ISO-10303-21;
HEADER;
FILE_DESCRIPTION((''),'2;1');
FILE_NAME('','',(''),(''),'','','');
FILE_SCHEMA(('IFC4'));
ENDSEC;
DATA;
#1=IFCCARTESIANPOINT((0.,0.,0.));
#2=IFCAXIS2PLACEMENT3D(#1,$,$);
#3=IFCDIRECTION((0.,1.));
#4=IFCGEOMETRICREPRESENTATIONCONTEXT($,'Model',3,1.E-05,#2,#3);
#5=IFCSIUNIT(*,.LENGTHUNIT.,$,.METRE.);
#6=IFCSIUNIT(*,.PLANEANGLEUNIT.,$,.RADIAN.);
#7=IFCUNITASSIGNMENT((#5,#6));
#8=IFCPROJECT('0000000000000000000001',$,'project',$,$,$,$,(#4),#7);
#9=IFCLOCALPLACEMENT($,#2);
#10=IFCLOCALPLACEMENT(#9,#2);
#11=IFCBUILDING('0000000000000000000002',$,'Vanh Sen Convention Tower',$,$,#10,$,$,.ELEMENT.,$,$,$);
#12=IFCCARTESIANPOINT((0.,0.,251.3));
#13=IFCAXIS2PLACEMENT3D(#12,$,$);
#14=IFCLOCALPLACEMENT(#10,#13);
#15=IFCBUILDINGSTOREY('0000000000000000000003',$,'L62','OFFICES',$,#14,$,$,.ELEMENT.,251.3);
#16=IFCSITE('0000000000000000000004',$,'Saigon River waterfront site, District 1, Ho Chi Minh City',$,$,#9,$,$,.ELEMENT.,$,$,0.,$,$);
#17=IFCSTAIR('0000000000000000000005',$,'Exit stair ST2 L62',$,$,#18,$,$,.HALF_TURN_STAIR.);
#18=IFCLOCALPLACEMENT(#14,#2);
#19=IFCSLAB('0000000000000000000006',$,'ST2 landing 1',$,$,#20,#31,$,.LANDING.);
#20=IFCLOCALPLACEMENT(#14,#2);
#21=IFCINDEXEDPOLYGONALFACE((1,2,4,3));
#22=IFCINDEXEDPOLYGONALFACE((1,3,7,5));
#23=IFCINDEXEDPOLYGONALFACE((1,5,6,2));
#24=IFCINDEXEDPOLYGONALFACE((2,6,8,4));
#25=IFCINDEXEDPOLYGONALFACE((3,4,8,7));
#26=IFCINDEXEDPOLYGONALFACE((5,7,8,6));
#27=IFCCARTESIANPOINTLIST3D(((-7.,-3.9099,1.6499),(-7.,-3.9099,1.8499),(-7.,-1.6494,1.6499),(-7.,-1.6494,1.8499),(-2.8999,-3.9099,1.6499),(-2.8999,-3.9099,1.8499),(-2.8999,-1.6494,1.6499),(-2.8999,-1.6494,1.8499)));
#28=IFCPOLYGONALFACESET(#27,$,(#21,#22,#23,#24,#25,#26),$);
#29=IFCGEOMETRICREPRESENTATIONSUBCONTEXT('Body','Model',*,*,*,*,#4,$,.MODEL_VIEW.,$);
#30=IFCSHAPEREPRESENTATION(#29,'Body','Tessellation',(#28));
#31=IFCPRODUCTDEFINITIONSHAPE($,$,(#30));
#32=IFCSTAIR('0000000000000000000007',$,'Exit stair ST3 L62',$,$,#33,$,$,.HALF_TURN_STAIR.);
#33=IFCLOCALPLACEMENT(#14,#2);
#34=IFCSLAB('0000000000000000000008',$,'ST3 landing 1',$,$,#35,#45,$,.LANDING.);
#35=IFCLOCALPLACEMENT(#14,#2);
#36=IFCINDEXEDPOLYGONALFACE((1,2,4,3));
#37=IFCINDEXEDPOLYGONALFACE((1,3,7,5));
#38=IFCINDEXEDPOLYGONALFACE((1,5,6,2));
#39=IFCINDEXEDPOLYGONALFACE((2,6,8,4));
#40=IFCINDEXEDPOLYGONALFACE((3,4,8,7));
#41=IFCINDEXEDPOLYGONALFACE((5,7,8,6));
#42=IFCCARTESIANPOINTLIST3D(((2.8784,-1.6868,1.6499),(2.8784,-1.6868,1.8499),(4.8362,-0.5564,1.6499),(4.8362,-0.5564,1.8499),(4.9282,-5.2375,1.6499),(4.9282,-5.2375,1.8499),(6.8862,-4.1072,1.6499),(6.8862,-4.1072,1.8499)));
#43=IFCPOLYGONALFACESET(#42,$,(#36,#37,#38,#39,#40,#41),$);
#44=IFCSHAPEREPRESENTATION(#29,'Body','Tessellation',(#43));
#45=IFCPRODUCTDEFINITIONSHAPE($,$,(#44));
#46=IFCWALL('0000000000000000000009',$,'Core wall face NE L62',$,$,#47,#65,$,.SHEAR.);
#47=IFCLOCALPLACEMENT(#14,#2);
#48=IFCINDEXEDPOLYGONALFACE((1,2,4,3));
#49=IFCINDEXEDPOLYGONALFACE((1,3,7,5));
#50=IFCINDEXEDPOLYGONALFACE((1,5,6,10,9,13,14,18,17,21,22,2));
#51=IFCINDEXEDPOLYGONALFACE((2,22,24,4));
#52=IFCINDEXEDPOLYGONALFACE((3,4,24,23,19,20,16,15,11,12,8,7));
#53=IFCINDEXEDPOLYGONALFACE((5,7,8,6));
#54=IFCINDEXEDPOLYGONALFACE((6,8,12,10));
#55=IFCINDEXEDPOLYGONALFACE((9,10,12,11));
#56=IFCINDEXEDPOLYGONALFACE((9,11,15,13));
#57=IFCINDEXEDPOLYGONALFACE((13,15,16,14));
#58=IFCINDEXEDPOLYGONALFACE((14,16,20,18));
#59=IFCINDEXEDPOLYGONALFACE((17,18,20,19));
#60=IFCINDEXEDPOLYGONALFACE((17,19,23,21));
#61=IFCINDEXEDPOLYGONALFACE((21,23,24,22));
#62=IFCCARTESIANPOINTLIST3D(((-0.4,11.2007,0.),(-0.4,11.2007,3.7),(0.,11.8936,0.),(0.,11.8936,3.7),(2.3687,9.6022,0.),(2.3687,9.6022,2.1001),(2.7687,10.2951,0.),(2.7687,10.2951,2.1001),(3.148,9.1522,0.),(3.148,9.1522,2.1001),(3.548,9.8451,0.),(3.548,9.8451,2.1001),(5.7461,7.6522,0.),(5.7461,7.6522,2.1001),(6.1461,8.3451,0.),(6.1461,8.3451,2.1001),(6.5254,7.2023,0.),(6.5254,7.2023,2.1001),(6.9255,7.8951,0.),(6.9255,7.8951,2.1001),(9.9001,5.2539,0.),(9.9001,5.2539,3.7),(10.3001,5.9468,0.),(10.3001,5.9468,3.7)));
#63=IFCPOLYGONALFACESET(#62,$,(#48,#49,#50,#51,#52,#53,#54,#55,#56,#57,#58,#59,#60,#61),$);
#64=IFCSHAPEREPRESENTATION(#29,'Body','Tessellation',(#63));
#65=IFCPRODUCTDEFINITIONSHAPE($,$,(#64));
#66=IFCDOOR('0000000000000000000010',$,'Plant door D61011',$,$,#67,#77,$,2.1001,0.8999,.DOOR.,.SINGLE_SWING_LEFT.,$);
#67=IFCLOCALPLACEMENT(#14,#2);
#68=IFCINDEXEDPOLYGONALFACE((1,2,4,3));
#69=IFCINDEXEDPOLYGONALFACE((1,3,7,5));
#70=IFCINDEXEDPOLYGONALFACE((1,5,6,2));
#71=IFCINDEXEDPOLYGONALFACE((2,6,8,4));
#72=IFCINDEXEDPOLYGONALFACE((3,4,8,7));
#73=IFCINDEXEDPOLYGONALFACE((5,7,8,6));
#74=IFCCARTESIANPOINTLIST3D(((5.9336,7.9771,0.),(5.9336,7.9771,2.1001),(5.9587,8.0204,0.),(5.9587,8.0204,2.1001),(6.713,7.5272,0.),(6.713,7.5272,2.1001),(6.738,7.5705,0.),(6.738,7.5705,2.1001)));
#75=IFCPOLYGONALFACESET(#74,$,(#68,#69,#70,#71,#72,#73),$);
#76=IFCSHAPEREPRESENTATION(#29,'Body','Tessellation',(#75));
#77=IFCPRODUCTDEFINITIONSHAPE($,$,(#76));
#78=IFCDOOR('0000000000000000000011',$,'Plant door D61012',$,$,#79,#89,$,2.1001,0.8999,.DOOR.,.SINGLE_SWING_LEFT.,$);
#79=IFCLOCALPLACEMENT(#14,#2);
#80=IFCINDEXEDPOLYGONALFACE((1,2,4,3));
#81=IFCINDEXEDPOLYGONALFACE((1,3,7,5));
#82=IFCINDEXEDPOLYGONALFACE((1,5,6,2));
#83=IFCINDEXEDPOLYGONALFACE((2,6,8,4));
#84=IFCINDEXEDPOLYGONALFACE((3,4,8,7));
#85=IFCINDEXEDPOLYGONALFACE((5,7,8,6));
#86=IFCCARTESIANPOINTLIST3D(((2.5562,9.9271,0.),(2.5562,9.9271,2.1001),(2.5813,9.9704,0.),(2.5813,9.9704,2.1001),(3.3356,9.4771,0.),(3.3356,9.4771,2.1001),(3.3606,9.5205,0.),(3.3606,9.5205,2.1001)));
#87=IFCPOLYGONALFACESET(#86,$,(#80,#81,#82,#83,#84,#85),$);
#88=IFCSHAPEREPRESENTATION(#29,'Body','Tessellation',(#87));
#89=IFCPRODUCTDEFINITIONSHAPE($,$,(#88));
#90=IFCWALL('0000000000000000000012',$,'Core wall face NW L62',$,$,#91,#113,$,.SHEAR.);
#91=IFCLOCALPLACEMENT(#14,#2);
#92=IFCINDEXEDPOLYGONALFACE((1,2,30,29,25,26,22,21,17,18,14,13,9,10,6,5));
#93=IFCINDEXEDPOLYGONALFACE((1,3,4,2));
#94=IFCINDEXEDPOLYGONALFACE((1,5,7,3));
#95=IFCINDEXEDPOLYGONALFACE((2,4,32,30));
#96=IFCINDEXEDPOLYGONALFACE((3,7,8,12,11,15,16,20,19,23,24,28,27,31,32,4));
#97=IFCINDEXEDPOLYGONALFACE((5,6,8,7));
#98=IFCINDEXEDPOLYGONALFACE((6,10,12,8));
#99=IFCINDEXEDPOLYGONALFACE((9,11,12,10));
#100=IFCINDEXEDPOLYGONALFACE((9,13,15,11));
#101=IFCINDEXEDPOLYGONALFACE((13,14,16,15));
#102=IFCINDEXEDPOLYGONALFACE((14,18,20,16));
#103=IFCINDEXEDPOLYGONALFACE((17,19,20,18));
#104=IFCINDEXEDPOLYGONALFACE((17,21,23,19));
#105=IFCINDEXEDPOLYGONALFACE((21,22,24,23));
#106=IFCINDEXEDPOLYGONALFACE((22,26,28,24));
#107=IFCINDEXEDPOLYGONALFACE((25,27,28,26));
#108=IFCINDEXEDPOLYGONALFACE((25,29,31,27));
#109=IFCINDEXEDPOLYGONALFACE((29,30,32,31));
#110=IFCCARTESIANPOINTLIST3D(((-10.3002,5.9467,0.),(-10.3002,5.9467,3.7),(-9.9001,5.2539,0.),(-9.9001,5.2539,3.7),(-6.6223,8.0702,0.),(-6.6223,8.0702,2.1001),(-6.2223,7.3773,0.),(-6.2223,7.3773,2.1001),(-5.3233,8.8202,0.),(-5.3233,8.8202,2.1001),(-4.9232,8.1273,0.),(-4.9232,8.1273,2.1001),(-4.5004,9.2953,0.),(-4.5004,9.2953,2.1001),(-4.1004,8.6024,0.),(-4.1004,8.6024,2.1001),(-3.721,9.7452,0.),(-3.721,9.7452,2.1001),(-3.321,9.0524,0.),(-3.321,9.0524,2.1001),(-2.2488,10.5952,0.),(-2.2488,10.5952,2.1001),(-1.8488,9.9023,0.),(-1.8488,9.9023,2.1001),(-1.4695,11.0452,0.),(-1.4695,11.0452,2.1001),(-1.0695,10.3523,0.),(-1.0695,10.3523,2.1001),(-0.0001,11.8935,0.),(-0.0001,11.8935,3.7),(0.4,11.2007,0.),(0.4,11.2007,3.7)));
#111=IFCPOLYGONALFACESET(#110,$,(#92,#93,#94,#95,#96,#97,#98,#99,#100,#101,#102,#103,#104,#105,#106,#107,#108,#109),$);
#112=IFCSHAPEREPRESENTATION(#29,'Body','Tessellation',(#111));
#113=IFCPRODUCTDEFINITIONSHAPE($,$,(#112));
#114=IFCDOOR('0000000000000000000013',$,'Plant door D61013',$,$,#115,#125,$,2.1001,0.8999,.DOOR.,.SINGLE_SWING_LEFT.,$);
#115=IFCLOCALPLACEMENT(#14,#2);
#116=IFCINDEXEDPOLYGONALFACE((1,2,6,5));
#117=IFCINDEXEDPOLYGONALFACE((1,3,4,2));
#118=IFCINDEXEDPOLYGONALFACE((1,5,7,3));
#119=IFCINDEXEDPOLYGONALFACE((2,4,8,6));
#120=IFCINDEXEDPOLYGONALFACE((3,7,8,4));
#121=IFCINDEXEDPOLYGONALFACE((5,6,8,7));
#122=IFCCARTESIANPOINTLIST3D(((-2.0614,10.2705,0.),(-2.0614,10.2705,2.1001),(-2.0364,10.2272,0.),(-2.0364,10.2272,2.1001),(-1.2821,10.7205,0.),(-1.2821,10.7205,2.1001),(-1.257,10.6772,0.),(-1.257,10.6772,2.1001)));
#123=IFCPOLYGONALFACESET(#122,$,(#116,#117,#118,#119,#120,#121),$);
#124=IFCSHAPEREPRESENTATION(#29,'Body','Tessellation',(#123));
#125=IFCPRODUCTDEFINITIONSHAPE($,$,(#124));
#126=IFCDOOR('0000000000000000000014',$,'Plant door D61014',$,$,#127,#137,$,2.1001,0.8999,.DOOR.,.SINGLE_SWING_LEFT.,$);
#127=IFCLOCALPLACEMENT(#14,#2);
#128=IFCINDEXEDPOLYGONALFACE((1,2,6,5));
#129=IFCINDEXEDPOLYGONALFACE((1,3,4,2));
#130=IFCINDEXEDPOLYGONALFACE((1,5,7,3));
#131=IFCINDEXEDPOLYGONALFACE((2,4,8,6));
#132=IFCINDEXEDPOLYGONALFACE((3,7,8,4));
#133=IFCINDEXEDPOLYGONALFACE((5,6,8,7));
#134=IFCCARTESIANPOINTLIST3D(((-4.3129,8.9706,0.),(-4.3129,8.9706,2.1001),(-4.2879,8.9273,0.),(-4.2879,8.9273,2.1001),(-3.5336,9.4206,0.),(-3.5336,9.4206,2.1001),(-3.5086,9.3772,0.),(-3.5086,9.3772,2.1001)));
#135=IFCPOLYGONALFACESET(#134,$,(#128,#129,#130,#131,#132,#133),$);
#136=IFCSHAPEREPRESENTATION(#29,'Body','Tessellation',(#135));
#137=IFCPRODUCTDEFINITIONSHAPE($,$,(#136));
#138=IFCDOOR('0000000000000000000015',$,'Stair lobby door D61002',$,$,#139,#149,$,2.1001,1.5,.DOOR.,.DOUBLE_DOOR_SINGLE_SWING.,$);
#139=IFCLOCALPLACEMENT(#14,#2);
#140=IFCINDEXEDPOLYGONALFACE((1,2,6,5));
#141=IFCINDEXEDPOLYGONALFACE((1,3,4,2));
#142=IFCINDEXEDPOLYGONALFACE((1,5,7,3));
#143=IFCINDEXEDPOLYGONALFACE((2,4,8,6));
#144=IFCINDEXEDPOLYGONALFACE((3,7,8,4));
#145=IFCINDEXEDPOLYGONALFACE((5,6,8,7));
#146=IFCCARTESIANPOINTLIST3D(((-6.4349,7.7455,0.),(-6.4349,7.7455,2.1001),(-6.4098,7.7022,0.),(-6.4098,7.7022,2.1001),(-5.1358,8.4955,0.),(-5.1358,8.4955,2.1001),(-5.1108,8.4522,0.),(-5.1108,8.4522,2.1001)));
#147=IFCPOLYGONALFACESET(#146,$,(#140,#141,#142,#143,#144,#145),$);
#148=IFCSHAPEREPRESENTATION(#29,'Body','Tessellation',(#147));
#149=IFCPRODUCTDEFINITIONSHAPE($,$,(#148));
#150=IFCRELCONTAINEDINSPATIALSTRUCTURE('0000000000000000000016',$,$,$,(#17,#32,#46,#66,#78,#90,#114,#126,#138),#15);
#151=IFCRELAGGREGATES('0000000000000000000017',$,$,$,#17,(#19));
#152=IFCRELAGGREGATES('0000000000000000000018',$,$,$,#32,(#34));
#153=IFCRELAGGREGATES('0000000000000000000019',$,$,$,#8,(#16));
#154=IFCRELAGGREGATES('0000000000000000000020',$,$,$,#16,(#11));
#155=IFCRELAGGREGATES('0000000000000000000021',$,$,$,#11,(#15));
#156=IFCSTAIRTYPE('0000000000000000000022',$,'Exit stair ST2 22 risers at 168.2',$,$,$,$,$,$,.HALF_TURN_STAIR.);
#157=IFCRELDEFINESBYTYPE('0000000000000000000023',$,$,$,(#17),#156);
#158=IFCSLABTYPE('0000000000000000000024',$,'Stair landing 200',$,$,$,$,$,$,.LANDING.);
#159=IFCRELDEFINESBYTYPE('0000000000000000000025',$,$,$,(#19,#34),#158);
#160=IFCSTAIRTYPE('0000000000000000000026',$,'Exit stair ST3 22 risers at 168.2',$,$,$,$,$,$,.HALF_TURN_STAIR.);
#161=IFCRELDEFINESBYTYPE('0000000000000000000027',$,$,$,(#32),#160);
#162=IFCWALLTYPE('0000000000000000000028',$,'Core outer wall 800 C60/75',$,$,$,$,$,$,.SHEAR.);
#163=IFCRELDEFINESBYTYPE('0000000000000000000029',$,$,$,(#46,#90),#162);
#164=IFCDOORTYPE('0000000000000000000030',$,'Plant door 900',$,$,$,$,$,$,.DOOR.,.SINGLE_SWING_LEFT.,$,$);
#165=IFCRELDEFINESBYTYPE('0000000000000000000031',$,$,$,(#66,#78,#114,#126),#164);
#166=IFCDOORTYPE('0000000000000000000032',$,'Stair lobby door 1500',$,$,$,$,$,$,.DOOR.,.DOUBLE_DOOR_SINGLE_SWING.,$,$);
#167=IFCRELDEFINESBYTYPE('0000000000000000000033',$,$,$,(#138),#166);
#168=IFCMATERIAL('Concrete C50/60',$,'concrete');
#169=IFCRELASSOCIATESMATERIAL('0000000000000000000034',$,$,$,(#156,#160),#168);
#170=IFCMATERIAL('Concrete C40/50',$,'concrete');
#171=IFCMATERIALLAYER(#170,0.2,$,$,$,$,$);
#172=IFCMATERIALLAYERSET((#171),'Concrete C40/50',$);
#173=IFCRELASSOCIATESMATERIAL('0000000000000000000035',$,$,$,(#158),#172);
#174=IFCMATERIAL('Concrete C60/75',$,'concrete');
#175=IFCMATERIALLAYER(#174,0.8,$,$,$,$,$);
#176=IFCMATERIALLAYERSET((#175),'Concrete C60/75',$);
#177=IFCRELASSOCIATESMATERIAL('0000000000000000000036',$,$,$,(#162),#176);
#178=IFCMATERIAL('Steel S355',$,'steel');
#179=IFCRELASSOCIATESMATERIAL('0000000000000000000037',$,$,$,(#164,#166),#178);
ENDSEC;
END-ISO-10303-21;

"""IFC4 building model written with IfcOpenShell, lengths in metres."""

from ifc_helpers import new_model, si_unit, direction, frame, frame_2d, origin, place, context, subcontext, project, spatial, polyline, rectangle, outline, extrude, material, layer, layer_set, type_object, element, fill, aggregate, save


model = new_model("IFC4")

# Units and contexts
model_context = context("Model", 3, precision=1e-05, world=origin(), true_north=direction((0.0, 1.0)))
body_context = subcontext(model_context, "Body", "Model", "MODEL_VIEW")
ifc_project = project(units=[si_unit("LENGTHUNIT", "METRE"), si_unit("PLANEANGLEUNIT", "RADIAN")], contexts=[model_context])

# Site, building, storey
site_placement = place(None, origin())
site = spatial("IfcSite", under=ifc_project, at=site_placement, Name="Saigon River waterfront site, District 1, Ho Chi Minh City", CompositionType="ELEMENT", RefElevation=0.0)
building_placement = place(site_placement, origin())
building = spatial("IfcBuilding", under=site, at=building_placement, Name="Vanh Sen Convention Tower", CompositionType="ELEMENT")
storey_placement = place(building_placement, frame((0.0, 0.0, 251.3)))
storey = spatial("IfcBuildingStorey", under=building, at=storey_placement, Name="L62", Description="OFFICES", CompositionType="ELEMENT", Elevation=251.3)

# Stairs, slabs
ifc_material_1 = material(Name="Concrete C50/60", Category="concrete")
stair_type_1 = type_object("IfcStairType", Name="Exit stair ST2 22 risers at 168.2", PredefinedType="HALF_TURN_STAIR", material=ifc_material_1)
stair_1_placement = place(storey_placement, origin())
stair_1 = element("IfcStair", 1, at=stair_1_placement, inside=storey, type_object=stair_type_1, Name="Exit stair ST2 L62", PredefinedType="HALF_TURN_STAIR")
ifc_material_2 = material(Name="Concrete C40/50", Category="concrete")
ifc_layer_1 = layer(ifc_material_2, 0.2)
ifc_layer_set_1 = layer_set([ifc_layer_1], Name="Concrete C40/50")
slab_type = type_object("IfcSlabType", Name="Stair landing 200", PredefinedType="LANDING", material=ifc_layer_set_1)
slab_1_placement = place(storey_placement, frame((0.0, 0.0, 1.6499)))
slab_1 = element("IfcSlab", 2, at=slab_1_placement, type_object=slab_type, Name="ST2 landing 1", PredefinedType="LANDING", context=body_context, shape_type="SweptSolid", body=[
    extrude(outline(polyline([(-7.0, -1.6494), (-7.0, -3.9099), (-2.8999, -3.9099), (-2.8999, -1.6494), (-7.0, -1.6494)])), origin(), (0.0, 0.0, 1.0), 0.2),
])
aggregate(stair_1, [slab_1])
stair_type_2 = type_object("IfcStairType", Name="Exit stair ST3 22 risers at 168.2", PredefinedType="HALF_TURN_STAIR", material=ifc_material_1)
stair_2_placement = place(storey_placement, origin())
stair_2 = element("IfcStair", 3, at=stair_2_placement, inside=storey, type_object=stair_type_2, Name="Exit stair ST3 L62", PredefinedType="HALF_TURN_STAIR")
slab_2_placement = place(storey_placement, frame((0.0, 0.0, 1.6499)))
slab_2 = element("IfcSlab", 4, at=slab_2_placement, type_object=slab_type, Name="ST3 landing 1", PredefinedType="LANDING", context=body_context, shape_type="SweptSolid", body=[
    extrude(outline(polyline([(4.9282, -5.2375), (6.8862, -4.1072), (4.8362, -0.5564), (2.8784, -1.6868), (4.9282, -5.2375)])), origin(), (0.0, 0.0, 1.0), 0.2),
])
aggregate(stair_2, [slab_2])

# Walls, openings, doors
ifc_material_3 = material(Name="Concrete C60/75", Category="concrete")
ifc_layer_2 = layer(ifc_material_3, 0.8)
ifc_layer_set_2 = layer_set([ifc_layer_2], Name="Concrete C60/75")
wall_type_1 = type_object("IfcWallType", Name="Core outer wall 800 C60/75", PredefinedType="SHEAR", material=ifc_layer_set_2)
wall_1_placement = place(storey_placement, frame((10.1001, 5.6003, 0.0), z_axis=(0.0, 0.0, 1.0), x_axis=(-0.866024, 0.500003, 0.0)))
wall_1 = element("IfcWall", 5, at=wall_1_placement, inside=storey, type_object=wall_type_1, Name="Core wall face NE L62", PredefinedType="SHEAR", context=body_context, shape_type="SweptSolid", body=[
    extrude(rectangle(XDim=11.8936, YDim=0.8, at=frame_2d((5.9468, 0.0))), origin(), (0.0, 0.0, 1.0), 3.7),
])
opening_1_placement = place(wall_1_placement, frame((3.8967, 0.0, 0.0)))
opening_1 = element("IfcOpeningElement", 6, at=opening_1_placement, cuts=wall_1, PredefinedType="OPENING", context=body_context, shape_type="SweptSolid", body=[
    extrude(rectangle(XDim=0.8999, YDim=2.1001, at=frame_2d((0.45, 1.05))), frame((0.0, 0.4099, 0.0), z_axis=(0.0, -1.0, 0.0), x_axis=(1.0, 0.0, 0.0)), (0.0, 0.0, 1.0), 0.8201),
])
opening_2_placement = place(wall_1_placement, frame((7.7966, 0.0, 0.0)))
opening_2 = element("IfcOpeningElement", 7, at=opening_2_placement, cuts=wall_1, PredefinedType="OPENING", context=body_context, shape_type="SweptSolid", body=[
    extrude(rectangle(XDim=0.8999, YDim=2.1001, at=frame_2d((0.45, 1.05))), frame((0.0, 0.4099, 0.0), z_axis=(0.0, -1.0, 0.0), x_axis=(1.0, 0.0, 0.0)), (0.0, 0.0, 1.0), 0.8201),
])
ifc_material_4 = material(Name="Steel S355", Category="steel")
door_type_1 = type_object("IfcDoorType", Name="Plant door 900", OperationType="SINGLE_SWING_LEFT", PredefinedType="DOOR", material=ifc_material_4)
door_1_placement = place(opening_1_placement, origin())
door_1 = element("IfcDoor", 8, at=door_1_placement, inside=storey, type_object=door_type_1, Name="Plant door D61011", OperationType="SINGLE_SWING_LEFT", OverallHeight=2.1001, OverallWidth=0.8999, PredefinedType="DOOR", context=body_context, shape_type="SweptSolid", body=[
    extrude(rectangle(XDim=0.8999, YDim=2.1001, at=frame_2d((0.45, 1.05))), frame((0.0, 0.0249, 0.0), z_axis=(0.0, -1.0, 0.0), x_axis=(1.0, 0.0, 0.0)), (0.0, 0.0, 1.0), 0.05),
])
fill(opening_1, door_1)
door_2_placement = place(opening_2_placement, origin())
door_2 = element("IfcDoor", 9, at=door_2_placement, inside=storey, type_object=door_type_1, Name="Plant door D61012", OperationType="SINGLE_SWING_LEFT", OverallHeight=2.1001, OverallWidth=0.8999, PredefinedType="DOOR", context=body_context, shape_type="SweptSolid", body=[
    extrude(rectangle(XDim=0.8999, YDim=2.1001, at=frame_2d((0.45, 1.05))), frame((0.0, 0.0249, 0.0), z_axis=(0.0, -1.0, 0.0), x_axis=(1.0, 0.0, 0.0)), (0.0, 0.0, 1.0), 0.05),
])
fill(opening_2, door_2)
wall_2_placement = place(storey_placement, frame((0.2, 11.5471, 0.0), z_axis=(0.0, 0.0, 1.0), x_axis=(-0.866024, -0.500003, 0.0)))
wall_2 = element("IfcWall", 10, at=wall_2_placement, inside=storey, type_object=wall_type_1, Name="Core wall face NW L62", PredefinedType="SHEAR", context=body_context, shape_type="SweptSolid", body=[
    extrude(rectangle(XDim=11.8936, YDim=0.8, at=frame_2d((5.9468, 0.0))), origin(), (0.0, 0.0, 1.0), 3.7),
])
opening_3_placement = place(wall_2_placement, frame((6.1467, 0.0, 0.0)))
opening_3 = element("IfcOpeningElement", 11, at=opening_3_placement, cuts=wall_2, PredefinedType="OPENING", context=body_context, shape_type="SweptSolid", body=[
    extrude(rectangle(XDim=1.5, YDim=2.1001, at=frame_2d((0.75, 1.05))), frame((0.0, 0.4099, 0.0), z_axis=(0.0, -1.0, 0.0), x_axis=(1.0, 0.0, 0.0)), (0.0, 0.0, 1.0), 0.8201),
])
opening_4_placement = place(wall_2_placement, frame((1.6968, 0.0, 0.0)))
opening_4 = element("IfcOpeningElement", 12, at=opening_4_placement, cuts=wall_2, PredefinedType="OPENING", context=body_context, shape_type="SweptSolid", body=[
    extrude(rectangle(XDim=0.8999, YDim=2.1001, at=frame_2d((0.45, 1.05))), frame((0.0, 0.4099, 0.0), z_axis=(0.0, -1.0, 0.0), x_axis=(1.0, 0.0, 0.0)), (0.0, 0.0, 1.0), 0.8201),
])
opening_5_placement = place(wall_2_placement, frame((4.2966, 0.0, 0.0)))
opening_5 = element("IfcOpeningElement", 13, at=opening_5_placement, cuts=wall_2, PredefinedType="OPENING", context=body_context, shape_type="SweptSolid", body=[
    extrude(rectangle(XDim=0.8999, YDim=2.1001, at=frame_2d((0.45, 1.05))), frame((0.0, 0.4099, 0.0), z_axis=(0.0, -1.0, 0.0), x_axis=(1.0, 0.0, 0.0)), (0.0, 0.0, 1.0), 0.8201),
])
door_3_placement = place(opening_4_placement, origin())
door_3 = element("IfcDoor", 14, at=door_3_placement, inside=storey, type_object=door_type_1, Name="Plant door D61013", OperationType="SINGLE_SWING_LEFT", OverallHeight=2.1001, OverallWidth=0.8999, PredefinedType="DOOR", context=body_context, shape_type="SweptSolid", body=[
    extrude(rectangle(XDim=0.8999, YDim=2.1001, at=frame_2d((0.45, 1.05))), frame((0.0, 0.0249, 0.0), z_axis=(0.0, -1.0, 0.0), x_axis=(1.0, 0.0, 0.0)), (0.0, 0.0, 1.0), 0.05),
])
fill(opening_4, door_3)
door_4_placement = place(opening_5_placement, origin())
door_4 = element("IfcDoor", 15, at=door_4_placement, inside=storey, type_object=door_type_1, Name="Plant door D61014", OperationType="SINGLE_SWING_LEFT", OverallHeight=2.1001, OverallWidth=0.8999, PredefinedType="DOOR", context=body_context, shape_type="SweptSolid", body=[
    extrude(rectangle(XDim=0.8999, YDim=2.1001, at=frame_2d((0.45, 1.05))), frame((0.0, 0.0249, 0.0), z_axis=(0.0, -1.0, 0.0), x_axis=(1.0, 0.0, 0.0)), (0.0, 0.0, 1.0), 0.05),
])
fill(opening_5, door_4)
door_type_2 = type_object("IfcDoorType", Name="Stair lobby door 1500", OperationType="DOUBLE_DOOR_SINGLE_SWING", PredefinedType="DOOR", material=ifc_material_4)
door_5_placement = place(opening_3_placement, origin())
door_5 = element("IfcDoor", 16, at=door_5_placement, inside=storey, type_object=door_type_2, Name="Stair lobby door D61002", OperationType="DOUBLE_DOOR_SINGLE_SWING", OverallHeight=2.1001, OverallWidth=1.5, PredefinedType="DOOR", context=body_context, shape_type="SweptSolid", body=[
    extrude(rectangle(XDim=1.5, YDim=2.1001, at=frame_2d((0.75, 1.05))), frame((0.0, 0.0249, 0.0), z_axis=(0.0, -1.0, 0.0), x_axis=(1.0, 0.0, 0.0)), (0.0, 0.0, 1.0), 0.05),
])
fill(opening_3, door_5)

save(model, "model.ifc")
